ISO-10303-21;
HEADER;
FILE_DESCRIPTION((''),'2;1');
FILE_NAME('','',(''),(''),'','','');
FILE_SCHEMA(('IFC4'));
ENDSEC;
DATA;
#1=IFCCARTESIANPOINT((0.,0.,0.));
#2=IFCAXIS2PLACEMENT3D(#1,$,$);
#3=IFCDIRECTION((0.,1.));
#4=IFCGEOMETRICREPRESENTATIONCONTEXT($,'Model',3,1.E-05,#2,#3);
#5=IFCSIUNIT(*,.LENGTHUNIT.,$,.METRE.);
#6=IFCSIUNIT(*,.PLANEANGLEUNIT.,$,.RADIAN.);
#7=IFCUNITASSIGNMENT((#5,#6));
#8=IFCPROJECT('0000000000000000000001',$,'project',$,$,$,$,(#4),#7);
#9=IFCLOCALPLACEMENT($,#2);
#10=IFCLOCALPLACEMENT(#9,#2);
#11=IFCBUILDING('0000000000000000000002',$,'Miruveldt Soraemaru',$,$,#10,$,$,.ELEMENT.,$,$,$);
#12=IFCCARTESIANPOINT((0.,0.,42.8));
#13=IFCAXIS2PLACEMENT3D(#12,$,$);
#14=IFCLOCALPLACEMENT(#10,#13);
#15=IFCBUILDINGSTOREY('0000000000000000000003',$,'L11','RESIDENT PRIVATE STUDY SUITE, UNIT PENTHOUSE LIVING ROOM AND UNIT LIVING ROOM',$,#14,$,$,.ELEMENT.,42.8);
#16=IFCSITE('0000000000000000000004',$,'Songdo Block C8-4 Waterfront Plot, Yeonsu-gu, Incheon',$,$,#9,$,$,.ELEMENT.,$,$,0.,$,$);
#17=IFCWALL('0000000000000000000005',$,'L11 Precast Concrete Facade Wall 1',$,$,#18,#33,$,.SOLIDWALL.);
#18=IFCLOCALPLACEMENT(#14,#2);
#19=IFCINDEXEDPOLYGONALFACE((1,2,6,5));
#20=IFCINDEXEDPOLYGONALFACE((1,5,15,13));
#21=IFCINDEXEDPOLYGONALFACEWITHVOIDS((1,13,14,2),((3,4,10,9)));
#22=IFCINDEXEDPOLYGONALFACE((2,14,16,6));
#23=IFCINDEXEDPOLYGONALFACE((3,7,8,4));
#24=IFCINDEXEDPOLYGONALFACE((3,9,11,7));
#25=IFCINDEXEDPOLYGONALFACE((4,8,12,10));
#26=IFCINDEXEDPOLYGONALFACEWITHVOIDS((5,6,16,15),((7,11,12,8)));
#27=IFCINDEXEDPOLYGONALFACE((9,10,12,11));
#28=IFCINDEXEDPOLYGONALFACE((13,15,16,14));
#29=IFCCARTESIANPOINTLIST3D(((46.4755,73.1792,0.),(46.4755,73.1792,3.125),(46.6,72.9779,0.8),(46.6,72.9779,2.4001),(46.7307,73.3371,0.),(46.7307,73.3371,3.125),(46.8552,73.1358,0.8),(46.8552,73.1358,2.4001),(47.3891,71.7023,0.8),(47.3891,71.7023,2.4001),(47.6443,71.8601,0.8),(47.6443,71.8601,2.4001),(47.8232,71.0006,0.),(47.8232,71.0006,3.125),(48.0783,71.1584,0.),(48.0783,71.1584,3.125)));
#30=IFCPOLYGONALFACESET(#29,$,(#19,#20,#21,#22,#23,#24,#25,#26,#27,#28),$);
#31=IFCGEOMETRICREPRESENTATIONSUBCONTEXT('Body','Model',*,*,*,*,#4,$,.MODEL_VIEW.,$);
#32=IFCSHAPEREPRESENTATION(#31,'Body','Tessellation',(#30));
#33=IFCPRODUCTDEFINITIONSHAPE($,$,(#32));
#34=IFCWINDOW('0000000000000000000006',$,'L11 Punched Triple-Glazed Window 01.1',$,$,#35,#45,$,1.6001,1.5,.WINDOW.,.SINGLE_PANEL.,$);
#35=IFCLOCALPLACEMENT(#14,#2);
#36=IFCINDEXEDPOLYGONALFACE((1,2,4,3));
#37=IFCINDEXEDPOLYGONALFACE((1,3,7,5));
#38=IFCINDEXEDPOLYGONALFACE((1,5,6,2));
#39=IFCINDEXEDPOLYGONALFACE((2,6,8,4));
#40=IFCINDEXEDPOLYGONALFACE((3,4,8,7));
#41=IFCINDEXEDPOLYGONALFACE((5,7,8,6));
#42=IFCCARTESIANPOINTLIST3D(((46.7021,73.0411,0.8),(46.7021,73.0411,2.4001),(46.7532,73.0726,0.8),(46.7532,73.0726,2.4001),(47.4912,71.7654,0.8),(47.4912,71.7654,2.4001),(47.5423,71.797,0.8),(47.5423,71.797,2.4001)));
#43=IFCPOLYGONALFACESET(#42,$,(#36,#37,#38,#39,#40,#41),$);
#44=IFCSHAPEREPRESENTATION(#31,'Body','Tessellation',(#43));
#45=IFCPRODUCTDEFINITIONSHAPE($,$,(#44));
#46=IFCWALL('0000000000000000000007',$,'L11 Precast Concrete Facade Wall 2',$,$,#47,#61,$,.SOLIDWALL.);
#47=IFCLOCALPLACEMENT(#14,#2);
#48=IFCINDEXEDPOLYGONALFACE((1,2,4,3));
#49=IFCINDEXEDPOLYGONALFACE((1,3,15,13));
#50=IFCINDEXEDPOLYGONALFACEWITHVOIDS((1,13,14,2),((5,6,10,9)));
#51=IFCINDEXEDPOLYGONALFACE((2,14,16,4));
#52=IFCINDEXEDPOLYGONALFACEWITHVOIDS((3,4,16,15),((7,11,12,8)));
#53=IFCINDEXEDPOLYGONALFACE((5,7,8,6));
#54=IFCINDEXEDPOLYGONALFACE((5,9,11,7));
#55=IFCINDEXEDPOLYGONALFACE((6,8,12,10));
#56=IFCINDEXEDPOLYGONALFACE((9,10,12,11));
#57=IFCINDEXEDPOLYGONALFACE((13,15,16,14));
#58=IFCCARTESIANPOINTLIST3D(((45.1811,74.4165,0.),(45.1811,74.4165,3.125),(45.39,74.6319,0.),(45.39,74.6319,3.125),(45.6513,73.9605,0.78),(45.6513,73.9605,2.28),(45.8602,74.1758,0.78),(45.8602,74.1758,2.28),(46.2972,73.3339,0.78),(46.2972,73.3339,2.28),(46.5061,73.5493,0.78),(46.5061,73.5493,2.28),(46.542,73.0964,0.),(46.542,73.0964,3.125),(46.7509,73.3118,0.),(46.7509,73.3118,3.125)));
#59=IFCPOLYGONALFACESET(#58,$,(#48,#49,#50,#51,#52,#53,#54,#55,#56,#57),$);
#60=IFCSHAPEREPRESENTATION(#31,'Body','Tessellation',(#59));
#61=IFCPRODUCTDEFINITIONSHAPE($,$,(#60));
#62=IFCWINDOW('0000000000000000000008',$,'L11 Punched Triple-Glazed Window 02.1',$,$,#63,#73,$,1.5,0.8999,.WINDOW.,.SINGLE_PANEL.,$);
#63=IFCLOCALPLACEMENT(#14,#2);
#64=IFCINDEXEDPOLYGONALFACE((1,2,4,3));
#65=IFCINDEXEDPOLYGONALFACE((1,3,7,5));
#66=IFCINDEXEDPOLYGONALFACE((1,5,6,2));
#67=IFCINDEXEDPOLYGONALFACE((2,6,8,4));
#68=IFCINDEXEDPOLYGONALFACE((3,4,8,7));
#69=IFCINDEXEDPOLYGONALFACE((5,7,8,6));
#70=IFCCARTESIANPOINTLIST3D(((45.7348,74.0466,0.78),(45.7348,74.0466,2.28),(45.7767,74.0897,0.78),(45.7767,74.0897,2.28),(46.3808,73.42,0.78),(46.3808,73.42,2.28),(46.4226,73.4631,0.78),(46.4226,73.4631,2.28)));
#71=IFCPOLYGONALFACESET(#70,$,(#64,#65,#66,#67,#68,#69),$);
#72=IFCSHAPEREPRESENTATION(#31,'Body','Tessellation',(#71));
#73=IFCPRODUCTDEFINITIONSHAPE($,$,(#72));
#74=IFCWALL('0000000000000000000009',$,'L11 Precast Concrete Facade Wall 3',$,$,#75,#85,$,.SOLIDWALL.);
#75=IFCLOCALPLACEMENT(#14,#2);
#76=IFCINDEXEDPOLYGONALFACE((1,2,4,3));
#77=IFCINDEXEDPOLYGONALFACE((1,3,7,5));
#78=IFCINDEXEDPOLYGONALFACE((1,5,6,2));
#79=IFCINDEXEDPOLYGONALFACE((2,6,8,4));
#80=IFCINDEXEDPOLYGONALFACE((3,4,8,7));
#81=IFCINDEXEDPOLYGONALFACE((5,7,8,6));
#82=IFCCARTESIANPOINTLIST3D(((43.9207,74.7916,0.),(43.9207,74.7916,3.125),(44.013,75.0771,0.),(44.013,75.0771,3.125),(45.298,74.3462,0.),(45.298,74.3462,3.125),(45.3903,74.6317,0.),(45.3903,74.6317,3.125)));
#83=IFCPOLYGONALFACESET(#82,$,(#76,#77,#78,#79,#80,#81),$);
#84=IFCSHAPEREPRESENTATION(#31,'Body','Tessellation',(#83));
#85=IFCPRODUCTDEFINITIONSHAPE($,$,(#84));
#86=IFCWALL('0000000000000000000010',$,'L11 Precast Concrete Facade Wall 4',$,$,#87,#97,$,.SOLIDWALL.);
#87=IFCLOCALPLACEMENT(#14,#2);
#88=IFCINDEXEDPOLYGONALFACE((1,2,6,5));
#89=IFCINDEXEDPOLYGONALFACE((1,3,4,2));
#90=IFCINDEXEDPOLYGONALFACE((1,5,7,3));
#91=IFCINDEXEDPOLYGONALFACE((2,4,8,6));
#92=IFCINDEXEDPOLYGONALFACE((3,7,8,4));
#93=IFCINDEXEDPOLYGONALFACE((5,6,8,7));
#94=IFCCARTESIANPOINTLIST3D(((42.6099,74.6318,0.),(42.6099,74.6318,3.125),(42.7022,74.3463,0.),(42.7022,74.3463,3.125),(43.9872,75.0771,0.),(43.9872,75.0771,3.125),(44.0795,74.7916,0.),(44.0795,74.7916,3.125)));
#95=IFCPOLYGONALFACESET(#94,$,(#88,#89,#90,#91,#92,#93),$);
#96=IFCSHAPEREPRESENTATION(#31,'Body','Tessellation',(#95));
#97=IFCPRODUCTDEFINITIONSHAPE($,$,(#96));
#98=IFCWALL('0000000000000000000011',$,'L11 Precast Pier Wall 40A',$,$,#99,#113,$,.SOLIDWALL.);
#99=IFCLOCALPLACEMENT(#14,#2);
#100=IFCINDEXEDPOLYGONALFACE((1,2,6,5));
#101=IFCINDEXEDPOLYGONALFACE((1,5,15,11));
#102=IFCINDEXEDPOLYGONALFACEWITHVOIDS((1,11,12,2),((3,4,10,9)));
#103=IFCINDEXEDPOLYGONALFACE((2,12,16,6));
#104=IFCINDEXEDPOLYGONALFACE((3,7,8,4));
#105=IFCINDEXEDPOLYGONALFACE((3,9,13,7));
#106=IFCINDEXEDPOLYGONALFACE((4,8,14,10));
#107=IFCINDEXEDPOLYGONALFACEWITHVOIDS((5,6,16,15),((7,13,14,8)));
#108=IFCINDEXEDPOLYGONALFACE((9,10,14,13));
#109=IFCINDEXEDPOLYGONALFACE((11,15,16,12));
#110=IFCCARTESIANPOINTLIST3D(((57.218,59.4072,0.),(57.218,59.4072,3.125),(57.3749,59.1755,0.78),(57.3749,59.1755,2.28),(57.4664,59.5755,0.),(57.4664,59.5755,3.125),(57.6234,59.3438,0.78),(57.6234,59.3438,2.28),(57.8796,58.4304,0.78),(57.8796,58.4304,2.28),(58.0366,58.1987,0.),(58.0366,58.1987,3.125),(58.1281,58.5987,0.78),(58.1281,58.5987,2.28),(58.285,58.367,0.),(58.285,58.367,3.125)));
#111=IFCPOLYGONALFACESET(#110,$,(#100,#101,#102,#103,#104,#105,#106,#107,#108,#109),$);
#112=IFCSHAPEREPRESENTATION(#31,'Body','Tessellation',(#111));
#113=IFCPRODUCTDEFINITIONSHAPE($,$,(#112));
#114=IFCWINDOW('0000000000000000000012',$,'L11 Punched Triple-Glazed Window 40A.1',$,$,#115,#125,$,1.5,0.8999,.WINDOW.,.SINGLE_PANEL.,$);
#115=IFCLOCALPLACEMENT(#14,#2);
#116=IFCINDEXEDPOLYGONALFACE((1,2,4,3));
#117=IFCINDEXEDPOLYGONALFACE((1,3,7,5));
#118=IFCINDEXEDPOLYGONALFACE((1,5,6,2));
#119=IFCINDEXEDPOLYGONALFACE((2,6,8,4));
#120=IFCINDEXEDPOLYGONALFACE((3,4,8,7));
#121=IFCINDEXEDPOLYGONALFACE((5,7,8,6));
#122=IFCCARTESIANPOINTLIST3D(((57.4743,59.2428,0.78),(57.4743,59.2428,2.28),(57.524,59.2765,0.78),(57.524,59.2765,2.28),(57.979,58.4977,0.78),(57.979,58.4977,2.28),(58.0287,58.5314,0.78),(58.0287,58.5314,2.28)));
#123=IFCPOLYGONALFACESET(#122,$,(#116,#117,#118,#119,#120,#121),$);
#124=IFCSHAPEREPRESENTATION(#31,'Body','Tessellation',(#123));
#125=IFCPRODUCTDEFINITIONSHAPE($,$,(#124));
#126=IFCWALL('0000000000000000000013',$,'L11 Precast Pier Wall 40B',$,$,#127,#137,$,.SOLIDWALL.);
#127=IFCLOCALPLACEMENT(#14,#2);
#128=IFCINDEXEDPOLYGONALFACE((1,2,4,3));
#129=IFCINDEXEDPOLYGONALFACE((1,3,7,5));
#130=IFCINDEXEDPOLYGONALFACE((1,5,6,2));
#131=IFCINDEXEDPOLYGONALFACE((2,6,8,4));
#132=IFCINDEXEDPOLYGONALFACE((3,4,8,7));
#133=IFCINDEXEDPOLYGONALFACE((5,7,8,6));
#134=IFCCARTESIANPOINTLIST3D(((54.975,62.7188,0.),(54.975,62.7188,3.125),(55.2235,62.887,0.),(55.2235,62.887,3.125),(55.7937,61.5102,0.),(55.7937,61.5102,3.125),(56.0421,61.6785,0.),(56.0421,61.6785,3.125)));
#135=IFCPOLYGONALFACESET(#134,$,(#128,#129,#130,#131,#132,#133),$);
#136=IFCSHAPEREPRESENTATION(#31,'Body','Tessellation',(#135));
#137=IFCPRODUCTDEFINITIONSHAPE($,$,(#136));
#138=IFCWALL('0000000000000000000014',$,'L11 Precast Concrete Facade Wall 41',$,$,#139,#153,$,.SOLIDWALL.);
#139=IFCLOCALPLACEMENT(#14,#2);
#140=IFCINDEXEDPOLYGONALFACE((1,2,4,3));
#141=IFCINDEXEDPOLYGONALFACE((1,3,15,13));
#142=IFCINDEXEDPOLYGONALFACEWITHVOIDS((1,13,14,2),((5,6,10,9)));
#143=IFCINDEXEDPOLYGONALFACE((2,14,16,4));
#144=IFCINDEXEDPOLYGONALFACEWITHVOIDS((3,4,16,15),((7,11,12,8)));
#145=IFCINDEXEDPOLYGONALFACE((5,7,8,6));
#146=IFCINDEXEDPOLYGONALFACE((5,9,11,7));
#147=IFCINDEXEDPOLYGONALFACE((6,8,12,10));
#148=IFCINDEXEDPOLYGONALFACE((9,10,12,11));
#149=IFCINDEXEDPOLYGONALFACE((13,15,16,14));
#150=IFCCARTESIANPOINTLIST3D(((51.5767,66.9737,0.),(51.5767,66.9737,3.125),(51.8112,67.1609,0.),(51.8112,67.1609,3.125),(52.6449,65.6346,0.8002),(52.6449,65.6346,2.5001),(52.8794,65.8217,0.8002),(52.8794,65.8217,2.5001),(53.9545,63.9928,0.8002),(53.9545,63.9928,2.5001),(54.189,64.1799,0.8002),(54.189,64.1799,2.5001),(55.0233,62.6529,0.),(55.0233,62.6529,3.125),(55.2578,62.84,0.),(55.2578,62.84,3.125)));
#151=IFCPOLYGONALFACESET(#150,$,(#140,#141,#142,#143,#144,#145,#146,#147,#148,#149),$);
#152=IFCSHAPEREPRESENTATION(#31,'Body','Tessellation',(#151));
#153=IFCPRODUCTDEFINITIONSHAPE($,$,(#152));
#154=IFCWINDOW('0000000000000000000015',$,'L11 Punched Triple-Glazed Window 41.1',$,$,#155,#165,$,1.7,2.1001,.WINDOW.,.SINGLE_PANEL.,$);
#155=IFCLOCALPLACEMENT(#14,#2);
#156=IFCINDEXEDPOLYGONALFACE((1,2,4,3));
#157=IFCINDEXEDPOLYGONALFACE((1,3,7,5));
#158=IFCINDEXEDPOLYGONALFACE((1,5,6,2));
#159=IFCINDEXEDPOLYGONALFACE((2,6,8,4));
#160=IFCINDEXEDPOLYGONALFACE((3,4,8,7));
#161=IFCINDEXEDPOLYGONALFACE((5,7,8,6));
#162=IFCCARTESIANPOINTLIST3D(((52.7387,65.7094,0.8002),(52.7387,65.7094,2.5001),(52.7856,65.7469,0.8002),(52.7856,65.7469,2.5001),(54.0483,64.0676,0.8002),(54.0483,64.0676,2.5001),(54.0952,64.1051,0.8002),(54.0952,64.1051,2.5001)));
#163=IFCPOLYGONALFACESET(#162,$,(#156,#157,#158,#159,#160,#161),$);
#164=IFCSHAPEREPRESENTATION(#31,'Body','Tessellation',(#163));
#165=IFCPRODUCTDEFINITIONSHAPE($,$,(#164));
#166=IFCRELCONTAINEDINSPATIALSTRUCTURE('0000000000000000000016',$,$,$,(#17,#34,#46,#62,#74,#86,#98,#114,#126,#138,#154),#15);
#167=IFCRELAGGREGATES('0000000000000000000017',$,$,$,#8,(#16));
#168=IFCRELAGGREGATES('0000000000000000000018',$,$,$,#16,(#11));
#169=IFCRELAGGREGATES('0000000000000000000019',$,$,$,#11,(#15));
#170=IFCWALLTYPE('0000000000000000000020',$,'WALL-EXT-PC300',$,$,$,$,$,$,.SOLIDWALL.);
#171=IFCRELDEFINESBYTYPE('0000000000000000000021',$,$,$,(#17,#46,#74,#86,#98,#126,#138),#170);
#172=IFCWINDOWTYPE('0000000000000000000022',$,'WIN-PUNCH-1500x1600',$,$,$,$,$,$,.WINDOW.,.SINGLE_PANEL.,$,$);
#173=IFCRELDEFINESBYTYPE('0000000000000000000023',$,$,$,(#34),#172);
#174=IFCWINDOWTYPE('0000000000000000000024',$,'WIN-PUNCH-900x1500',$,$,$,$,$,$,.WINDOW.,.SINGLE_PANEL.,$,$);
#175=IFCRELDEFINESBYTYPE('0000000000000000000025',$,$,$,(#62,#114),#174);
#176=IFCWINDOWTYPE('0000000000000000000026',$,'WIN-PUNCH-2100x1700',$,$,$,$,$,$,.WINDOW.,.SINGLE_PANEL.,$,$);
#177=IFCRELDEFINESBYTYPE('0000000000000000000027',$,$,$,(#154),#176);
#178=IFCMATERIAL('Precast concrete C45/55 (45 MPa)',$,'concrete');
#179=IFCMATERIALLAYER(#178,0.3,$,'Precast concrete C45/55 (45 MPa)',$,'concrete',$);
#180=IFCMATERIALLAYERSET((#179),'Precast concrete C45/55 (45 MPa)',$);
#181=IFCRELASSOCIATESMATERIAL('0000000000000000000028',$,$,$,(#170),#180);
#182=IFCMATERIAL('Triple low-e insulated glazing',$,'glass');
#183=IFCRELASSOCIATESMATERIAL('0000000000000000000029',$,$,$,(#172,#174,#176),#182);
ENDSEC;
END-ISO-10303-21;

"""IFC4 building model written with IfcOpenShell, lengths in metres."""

from ifc_helpers import new_model, si_unit, direction, frame, frame_2d, origin, place, context, subcontext, project, spatial, rectangle, extrude, material, layer, layer_set, type_object, element, fill, save


model = new_model("IFC4")

# Units and contexts
model_context = context("Model", 3, precision=1e-05, world=origin(), true_north=direction((0.0, 1.0)))
body_context = subcontext(model_context, "Body", "Model", "MODEL_VIEW")
ifc_project = project(units=[si_unit("LENGTHUNIT", "METRE"), si_unit("PLANEANGLEUNIT", "RADIAN")], contexts=[model_context])

# Site, building, storey
site_placement = place(None, origin())
site = spatial("IfcSite", under=ifc_project, at=site_placement, Name="Songdo Block C8-4 Waterfront Plot, Yeonsu-gu, Incheon", CompositionType="ELEMENT", RefElevation=0.0)
building_placement = place(site_placement, origin())
building = spatial("IfcBuilding", under=site, at=building_placement, Name="Miruveldt Soraemaru", CompositionType="ELEMENT")
storey_placement = place(building_placement, frame((0.0, 0.0, 42.8)))
storey = spatial("IfcBuildingStorey", under=building, at=storey_placement, Name="L11", Description="RESIDENT PRIVATE STUDY SUITE, UNIT PENTHOUSE LIVING ROOM AND UNIT LIVING ROOM", CompositionType="ELEMENT", Elevation=42.8)

# Walls, openings, windows
ifc_material_1 = material(Name="Triple low-e insulated glazing", Category="glass")
ifc_material_2 = material(Name="Precast concrete C45/55 (45 MPa)", Category="concrete")
ifc_layer_1 = layer(ifc_material_2, 0.3, Name="Precast concrete C45/55 (45 MPa)", Category="concrete")
ifc_layer_set_1 = layer_set([ifc_layer_1], Name="Precast concrete C45/55 (45 MPa)")
wall_type_1 = type_object("IfcWallType", Name="WALL-EXT-PC300", PredefinedType="SOLIDWALL", material=ifc_layer_set_1)
wall_1_placement = place(storey_placement, frame((47.9507, 71.0796, 0.0), z_axis=(0.0, 0.0, 1.0), x_axis=(-0.526053, 0.850452, 0.0)))
wall_1 = element("IfcWall", 1, at=wall_1_placement, inside=storey, type_object=wall_type_1, Name="L11 Precast Concrete Facade Wall 1", PredefinedType="SOLIDWALL", context=body_context, shape_type="SweptSolid", body=[
    extrude(rectangle(XDim=2.5618, YDim=0.3, at=frame_2d((1.2808, 0.0))), origin(), (0.0, 0.0, 1.0), 3.125),
])
opening_1_placement = place(wall_1_placement, frame((0.825, 0.0, 0.8)))
opening_1 = element("IfcOpeningElement", 2, at=opening_1_placement, cuts=wall_1, PredefinedType="OPENING", context=body_context, shape_type="SweptSolid", body=[
    extrude(rectangle(XDim=1.5, YDim=1.6001, at=frame_2d((0.75, 0.8))), frame((0.0, 0.1602, 0.0), z_axis=(0.0, -1.0, 0.0), x_axis=(1.0, 0.0, 0.0)), (0.0, 0.0, 1.0), 0.3201),
])
window_type_1 = type_object("IfcWindowType", Name="WIN-PUNCH-1500x1600", PartitioningType="SINGLE_PANEL", PredefinedType="WINDOW", material=ifc_material_1)
window_1_placement = place(opening_1_placement, origin())
window_1 = element("IfcWindow", 3, at=window_1_placement, inside=storey, type_object=window_type_1, Name="L11 Punched Triple-Glazed Window 01.1", OverallHeight=1.6001, OverallWidth=1.5, PartitioningType="SINGLE_PANEL", PredefinedType="WINDOW", context=body_context, shape_type="SweptSolid", body=[
    extrude(rectangle(XDim=1.5, YDim=1.6001, at=frame_2d((0.75, 0.8))), frame((0.0, 0.03, 0.0), z_axis=(0.0, -1.0, 0.0), x_axis=(1.0, 0.0, 0.0)), (0.0, 0.0, 1.0), 0.0601),
])
fill(opening_1, window_1)
wall_2_placement = place(storey_placement, frame((46.6465, 73.2041, 0.0), z_axis=(0.0, 0.0, 1.0), x_axis=(-0.717778, 0.696273, 0.0)))
wall_2 = element("IfcWall", 4, at=wall_2_placement, inside=storey, type_object=wall_type_1, Name="L11 Precast Concrete Facade Wall 2", PredefinedType="SOLIDWALL", context=body_context, shape_type="SweptSolid", body=[
    extrude(rectangle(XDim=1.896, YDim=0.3, at=frame_2d((0.948, 0.0))), origin(), (0.0, 0.0, 1.0), 3.125),
])
opening_2_placement = place(wall_2_placement, frame((0.3411, 0.0, 0.78)))
opening_2 = element("IfcOpeningElement", 5, at=opening_2_placement, cuts=wall_2, PredefinedType="OPENING", context=body_context, shape_type="SweptSolid", body=[
    extrude(rectangle(XDim=0.8999, YDim=1.5, at=frame_2d((0.45, 0.75))), frame((0.0, 0.1602, 0.0), z_axis=(0.0, -1.0, 0.0), x_axis=(1.0, 0.0, 0.0)), (0.0, 0.0, 1.0), 0.3201),
])
window_type_2 = type_object("IfcWindowType", Name="WIN-PUNCH-900x1500", PartitioningType="SINGLE_PANEL", PredefinedType="WINDOW", material=ifc_material_1)
window_2_placement = place(opening_2_placement, origin())
window_2 = element("IfcWindow", 6, at=window_2_placement, inside=storey, type_object=window_type_2, Name="L11 Punched Triple-Glazed Window 02.1", OverallHeight=1.5, OverallWidth=0.8999, PartitioningType="SINGLE_PANEL", PredefinedType="WINDOW", context=body_context, shape_type="SweptSolid", body=[
    extrude(rectangle(XDim=0.8999, YDim=1.5, at=frame_2d((0.45, 0.75))), frame((0.0, 0.03, 0.0), z_axis=(0.0, -1.0, 0.0), x_axis=(1.0, 0.0, 0.0)), (0.0, 0.0, 1.0), 0.0601),
])
fill(opening_2, window_2)

# Walls
for number, where, z_axis, x_axis, name in (
    (7, (45.344, 74.489, 0.0), (0.0, 0.0, 1.0), (-0.951495, 0.307663, 0.0), "L11 Precast Concrete Facade Wall 3"),
    (8, (44.0332, 74.9343, 0.0), (0.0, 0.0, 1.0), (-0.951495, -0.307663, 0.0), "L11 Precast Concrete Facade Wall 4"),
):
    element("IfcWall", number, at=place(storey_placement, frame(where, z_axis=z_axis, x_axis=x_axis)), inside=storey, type_object=wall_type_1, Name=name, PredefinedType="SOLIDWALL", context=body_context, shape_type="SweptSolid", body=[
        extrude(rectangle(XDim=1.4475, YDim=0.3, at=frame_2d((0.7236, 0.0))), origin(), (0.0, 0.0, 1.0), 3.125),
    ])

# Wall, opening, window
wall_3_placement = place(storey_placement, frame((58.1609, 58.2827, 0.0), z_axis=(0.0, 0.0, 1.0), x_axis=(-0.560822, 0.827936, 0.0)))
wall_3 = element("IfcWall", 9, at=wall_3_placement, inside=storey, type_object=wall_type_1, Name="L11 Precast Pier Wall 40A", PredefinedType="SOLIDWALL", context=body_context, shape_type="SweptSolid", body=[
    extrude(rectangle(XDim=1.4597, YDim=0.3, at=frame_2d((0.73, 0.0))), origin(), (0.0, 0.0, 1.0), 3.125),
])
opening_3_placement = place(wall_3_placement, frame((0.28, 0.0, 0.78)))
opening_3 = element("IfcOpeningElement", 10, at=opening_3_placement, cuts=wall_3, PredefinedType="OPENING", context=body_context, shape_type="SweptSolid", body=[
    extrude(rectangle(XDim=0.8999, YDim=1.5, at=frame_2d((0.45, 0.75))), frame((0.0, 0.1602, 0.0), z_axis=(0.0, -1.0, 0.0), x_axis=(1.0, 0.0, 0.0)), (0.0, 0.0, 1.0), 0.3201),
])
window_3_placement = place(opening_3_placement, origin())
window_3 = element("IfcWindow", 11, at=window_3_placement, inside=storey, type_object=window_type_2, Name="L11 Punched Triple-Glazed Window 40A.1", OverallHeight=1.5, OverallWidth=0.8999, PartitioningType="SINGLE_PANEL", PredefinedType="WINDOW", context=body_context, shape_type="SweptSolid", body=[
    extrude(rectangle(XDim=0.8999, YDim=1.5, at=frame_2d((0.45, 0.75))), frame((0.0, 0.03, 0.0), z_axis=(0.0, -1.0, 0.0), x_axis=(1.0, 0.0, 0.0)), (0.0, 0.0, 1.0), 0.0601),
])
fill(opening_3, window_3)

# Wall
wall_4_placement = place(storey_placement, frame((55.918, 61.5942, 0.0), z_axis=(0.0, 0.0, 1.0), x_axis=(-0.560822, 0.827936, 0.0)))
element("IfcWall", 12, at=wall_4_placement, inside=storey, type_object=wall_type_1, Name="L11 Precast Pier Wall 40B", PredefinedType="SOLIDWALL", context=body_context, shape_type="SweptSolid", body=[
    extrude(rectangle(XDim=1.4597, YDim=0.3, at=frame_2d((0.73, 0.0))), origin(), (0.0, 0.0, 1.0), 3.125),
])

# Wall, opening, window
wall_5_placement = place(storey_placement, frame((55.1406, 62.7463, 0.0), z_axis=(0.0, 0.0, 1.0), x_axis=(-0.623579, 0.78176, 0.0)))
wall_5 = element("IfcWall", 13, at=wall_5_placement, inside=storey, type_object=wall_type_1, Name="L11 Precast Concrete Facade Wall 41", PredefinedType="SOLIDWALL", context=body_context, shape_type="SweptSolid", body=[
    extrude(rectangle(XDim=5.5271, YDim=0.3, at=frame_2d((2.7637, 0.0))), origin(), (0.0, 0.0, 1.0), 3.125),
])
opening_4_placement = place(wall_5_placement, frame((1.7141, 0.0, 0.8)))
opening_4 = element("IfcOpeningElement", 14, at=opening_4_placement, cuts=wall_5, PredefinedType="OPENING", context=body_context, shape_type="SweptSolid", body=[
    extrude(rectangle(XDim=2.1001, YDim=1.7, at=frame_2d((1.05, 0.8501))), frame((0.0, 0.1602, 0.0), z_axis=(0.0, -1.0, 0.0), x_axis=(1.0, 0.0, 0.0)), (0.0, 0.0, 1.0), 0.3201),
])
window_type_3 = type_object("IfcWindowType", Name="WIN-PUNCH-2100x1700", PartitioningType="SINGLE_PANEL", PredefinedType="WINDOW", material=ifc_material_1)
window_4_placement = place(opening_4_placement, origin())
window_4 = element("IfcWindow", 15, at=window_4_placement, inside=storey, type_object=window_type_3, Name="L11 Punched Triple-Glazed Window 41.1", OverallHeight=1.7, OverallWidth=2.1001, PartitioningType="SINGLE_PANEL", PredefinedType="WINDOW", context=body_context, shape_type="SweptSolid", body=[
    extrude(rectangle(XDim=2.1001, YDim=1.7, at=frame_2d((1.05, 0.8501))), frame((0.0, 0.03, 0.0), z_axis=(0.0, -1.0, 0.0), x_axis=(1.0, 0.0, 0.0)), (0.0, 0.0, 1.0), 0.0601),
])
fill(opening_4, window_4)

save(model, "model.ifc")
